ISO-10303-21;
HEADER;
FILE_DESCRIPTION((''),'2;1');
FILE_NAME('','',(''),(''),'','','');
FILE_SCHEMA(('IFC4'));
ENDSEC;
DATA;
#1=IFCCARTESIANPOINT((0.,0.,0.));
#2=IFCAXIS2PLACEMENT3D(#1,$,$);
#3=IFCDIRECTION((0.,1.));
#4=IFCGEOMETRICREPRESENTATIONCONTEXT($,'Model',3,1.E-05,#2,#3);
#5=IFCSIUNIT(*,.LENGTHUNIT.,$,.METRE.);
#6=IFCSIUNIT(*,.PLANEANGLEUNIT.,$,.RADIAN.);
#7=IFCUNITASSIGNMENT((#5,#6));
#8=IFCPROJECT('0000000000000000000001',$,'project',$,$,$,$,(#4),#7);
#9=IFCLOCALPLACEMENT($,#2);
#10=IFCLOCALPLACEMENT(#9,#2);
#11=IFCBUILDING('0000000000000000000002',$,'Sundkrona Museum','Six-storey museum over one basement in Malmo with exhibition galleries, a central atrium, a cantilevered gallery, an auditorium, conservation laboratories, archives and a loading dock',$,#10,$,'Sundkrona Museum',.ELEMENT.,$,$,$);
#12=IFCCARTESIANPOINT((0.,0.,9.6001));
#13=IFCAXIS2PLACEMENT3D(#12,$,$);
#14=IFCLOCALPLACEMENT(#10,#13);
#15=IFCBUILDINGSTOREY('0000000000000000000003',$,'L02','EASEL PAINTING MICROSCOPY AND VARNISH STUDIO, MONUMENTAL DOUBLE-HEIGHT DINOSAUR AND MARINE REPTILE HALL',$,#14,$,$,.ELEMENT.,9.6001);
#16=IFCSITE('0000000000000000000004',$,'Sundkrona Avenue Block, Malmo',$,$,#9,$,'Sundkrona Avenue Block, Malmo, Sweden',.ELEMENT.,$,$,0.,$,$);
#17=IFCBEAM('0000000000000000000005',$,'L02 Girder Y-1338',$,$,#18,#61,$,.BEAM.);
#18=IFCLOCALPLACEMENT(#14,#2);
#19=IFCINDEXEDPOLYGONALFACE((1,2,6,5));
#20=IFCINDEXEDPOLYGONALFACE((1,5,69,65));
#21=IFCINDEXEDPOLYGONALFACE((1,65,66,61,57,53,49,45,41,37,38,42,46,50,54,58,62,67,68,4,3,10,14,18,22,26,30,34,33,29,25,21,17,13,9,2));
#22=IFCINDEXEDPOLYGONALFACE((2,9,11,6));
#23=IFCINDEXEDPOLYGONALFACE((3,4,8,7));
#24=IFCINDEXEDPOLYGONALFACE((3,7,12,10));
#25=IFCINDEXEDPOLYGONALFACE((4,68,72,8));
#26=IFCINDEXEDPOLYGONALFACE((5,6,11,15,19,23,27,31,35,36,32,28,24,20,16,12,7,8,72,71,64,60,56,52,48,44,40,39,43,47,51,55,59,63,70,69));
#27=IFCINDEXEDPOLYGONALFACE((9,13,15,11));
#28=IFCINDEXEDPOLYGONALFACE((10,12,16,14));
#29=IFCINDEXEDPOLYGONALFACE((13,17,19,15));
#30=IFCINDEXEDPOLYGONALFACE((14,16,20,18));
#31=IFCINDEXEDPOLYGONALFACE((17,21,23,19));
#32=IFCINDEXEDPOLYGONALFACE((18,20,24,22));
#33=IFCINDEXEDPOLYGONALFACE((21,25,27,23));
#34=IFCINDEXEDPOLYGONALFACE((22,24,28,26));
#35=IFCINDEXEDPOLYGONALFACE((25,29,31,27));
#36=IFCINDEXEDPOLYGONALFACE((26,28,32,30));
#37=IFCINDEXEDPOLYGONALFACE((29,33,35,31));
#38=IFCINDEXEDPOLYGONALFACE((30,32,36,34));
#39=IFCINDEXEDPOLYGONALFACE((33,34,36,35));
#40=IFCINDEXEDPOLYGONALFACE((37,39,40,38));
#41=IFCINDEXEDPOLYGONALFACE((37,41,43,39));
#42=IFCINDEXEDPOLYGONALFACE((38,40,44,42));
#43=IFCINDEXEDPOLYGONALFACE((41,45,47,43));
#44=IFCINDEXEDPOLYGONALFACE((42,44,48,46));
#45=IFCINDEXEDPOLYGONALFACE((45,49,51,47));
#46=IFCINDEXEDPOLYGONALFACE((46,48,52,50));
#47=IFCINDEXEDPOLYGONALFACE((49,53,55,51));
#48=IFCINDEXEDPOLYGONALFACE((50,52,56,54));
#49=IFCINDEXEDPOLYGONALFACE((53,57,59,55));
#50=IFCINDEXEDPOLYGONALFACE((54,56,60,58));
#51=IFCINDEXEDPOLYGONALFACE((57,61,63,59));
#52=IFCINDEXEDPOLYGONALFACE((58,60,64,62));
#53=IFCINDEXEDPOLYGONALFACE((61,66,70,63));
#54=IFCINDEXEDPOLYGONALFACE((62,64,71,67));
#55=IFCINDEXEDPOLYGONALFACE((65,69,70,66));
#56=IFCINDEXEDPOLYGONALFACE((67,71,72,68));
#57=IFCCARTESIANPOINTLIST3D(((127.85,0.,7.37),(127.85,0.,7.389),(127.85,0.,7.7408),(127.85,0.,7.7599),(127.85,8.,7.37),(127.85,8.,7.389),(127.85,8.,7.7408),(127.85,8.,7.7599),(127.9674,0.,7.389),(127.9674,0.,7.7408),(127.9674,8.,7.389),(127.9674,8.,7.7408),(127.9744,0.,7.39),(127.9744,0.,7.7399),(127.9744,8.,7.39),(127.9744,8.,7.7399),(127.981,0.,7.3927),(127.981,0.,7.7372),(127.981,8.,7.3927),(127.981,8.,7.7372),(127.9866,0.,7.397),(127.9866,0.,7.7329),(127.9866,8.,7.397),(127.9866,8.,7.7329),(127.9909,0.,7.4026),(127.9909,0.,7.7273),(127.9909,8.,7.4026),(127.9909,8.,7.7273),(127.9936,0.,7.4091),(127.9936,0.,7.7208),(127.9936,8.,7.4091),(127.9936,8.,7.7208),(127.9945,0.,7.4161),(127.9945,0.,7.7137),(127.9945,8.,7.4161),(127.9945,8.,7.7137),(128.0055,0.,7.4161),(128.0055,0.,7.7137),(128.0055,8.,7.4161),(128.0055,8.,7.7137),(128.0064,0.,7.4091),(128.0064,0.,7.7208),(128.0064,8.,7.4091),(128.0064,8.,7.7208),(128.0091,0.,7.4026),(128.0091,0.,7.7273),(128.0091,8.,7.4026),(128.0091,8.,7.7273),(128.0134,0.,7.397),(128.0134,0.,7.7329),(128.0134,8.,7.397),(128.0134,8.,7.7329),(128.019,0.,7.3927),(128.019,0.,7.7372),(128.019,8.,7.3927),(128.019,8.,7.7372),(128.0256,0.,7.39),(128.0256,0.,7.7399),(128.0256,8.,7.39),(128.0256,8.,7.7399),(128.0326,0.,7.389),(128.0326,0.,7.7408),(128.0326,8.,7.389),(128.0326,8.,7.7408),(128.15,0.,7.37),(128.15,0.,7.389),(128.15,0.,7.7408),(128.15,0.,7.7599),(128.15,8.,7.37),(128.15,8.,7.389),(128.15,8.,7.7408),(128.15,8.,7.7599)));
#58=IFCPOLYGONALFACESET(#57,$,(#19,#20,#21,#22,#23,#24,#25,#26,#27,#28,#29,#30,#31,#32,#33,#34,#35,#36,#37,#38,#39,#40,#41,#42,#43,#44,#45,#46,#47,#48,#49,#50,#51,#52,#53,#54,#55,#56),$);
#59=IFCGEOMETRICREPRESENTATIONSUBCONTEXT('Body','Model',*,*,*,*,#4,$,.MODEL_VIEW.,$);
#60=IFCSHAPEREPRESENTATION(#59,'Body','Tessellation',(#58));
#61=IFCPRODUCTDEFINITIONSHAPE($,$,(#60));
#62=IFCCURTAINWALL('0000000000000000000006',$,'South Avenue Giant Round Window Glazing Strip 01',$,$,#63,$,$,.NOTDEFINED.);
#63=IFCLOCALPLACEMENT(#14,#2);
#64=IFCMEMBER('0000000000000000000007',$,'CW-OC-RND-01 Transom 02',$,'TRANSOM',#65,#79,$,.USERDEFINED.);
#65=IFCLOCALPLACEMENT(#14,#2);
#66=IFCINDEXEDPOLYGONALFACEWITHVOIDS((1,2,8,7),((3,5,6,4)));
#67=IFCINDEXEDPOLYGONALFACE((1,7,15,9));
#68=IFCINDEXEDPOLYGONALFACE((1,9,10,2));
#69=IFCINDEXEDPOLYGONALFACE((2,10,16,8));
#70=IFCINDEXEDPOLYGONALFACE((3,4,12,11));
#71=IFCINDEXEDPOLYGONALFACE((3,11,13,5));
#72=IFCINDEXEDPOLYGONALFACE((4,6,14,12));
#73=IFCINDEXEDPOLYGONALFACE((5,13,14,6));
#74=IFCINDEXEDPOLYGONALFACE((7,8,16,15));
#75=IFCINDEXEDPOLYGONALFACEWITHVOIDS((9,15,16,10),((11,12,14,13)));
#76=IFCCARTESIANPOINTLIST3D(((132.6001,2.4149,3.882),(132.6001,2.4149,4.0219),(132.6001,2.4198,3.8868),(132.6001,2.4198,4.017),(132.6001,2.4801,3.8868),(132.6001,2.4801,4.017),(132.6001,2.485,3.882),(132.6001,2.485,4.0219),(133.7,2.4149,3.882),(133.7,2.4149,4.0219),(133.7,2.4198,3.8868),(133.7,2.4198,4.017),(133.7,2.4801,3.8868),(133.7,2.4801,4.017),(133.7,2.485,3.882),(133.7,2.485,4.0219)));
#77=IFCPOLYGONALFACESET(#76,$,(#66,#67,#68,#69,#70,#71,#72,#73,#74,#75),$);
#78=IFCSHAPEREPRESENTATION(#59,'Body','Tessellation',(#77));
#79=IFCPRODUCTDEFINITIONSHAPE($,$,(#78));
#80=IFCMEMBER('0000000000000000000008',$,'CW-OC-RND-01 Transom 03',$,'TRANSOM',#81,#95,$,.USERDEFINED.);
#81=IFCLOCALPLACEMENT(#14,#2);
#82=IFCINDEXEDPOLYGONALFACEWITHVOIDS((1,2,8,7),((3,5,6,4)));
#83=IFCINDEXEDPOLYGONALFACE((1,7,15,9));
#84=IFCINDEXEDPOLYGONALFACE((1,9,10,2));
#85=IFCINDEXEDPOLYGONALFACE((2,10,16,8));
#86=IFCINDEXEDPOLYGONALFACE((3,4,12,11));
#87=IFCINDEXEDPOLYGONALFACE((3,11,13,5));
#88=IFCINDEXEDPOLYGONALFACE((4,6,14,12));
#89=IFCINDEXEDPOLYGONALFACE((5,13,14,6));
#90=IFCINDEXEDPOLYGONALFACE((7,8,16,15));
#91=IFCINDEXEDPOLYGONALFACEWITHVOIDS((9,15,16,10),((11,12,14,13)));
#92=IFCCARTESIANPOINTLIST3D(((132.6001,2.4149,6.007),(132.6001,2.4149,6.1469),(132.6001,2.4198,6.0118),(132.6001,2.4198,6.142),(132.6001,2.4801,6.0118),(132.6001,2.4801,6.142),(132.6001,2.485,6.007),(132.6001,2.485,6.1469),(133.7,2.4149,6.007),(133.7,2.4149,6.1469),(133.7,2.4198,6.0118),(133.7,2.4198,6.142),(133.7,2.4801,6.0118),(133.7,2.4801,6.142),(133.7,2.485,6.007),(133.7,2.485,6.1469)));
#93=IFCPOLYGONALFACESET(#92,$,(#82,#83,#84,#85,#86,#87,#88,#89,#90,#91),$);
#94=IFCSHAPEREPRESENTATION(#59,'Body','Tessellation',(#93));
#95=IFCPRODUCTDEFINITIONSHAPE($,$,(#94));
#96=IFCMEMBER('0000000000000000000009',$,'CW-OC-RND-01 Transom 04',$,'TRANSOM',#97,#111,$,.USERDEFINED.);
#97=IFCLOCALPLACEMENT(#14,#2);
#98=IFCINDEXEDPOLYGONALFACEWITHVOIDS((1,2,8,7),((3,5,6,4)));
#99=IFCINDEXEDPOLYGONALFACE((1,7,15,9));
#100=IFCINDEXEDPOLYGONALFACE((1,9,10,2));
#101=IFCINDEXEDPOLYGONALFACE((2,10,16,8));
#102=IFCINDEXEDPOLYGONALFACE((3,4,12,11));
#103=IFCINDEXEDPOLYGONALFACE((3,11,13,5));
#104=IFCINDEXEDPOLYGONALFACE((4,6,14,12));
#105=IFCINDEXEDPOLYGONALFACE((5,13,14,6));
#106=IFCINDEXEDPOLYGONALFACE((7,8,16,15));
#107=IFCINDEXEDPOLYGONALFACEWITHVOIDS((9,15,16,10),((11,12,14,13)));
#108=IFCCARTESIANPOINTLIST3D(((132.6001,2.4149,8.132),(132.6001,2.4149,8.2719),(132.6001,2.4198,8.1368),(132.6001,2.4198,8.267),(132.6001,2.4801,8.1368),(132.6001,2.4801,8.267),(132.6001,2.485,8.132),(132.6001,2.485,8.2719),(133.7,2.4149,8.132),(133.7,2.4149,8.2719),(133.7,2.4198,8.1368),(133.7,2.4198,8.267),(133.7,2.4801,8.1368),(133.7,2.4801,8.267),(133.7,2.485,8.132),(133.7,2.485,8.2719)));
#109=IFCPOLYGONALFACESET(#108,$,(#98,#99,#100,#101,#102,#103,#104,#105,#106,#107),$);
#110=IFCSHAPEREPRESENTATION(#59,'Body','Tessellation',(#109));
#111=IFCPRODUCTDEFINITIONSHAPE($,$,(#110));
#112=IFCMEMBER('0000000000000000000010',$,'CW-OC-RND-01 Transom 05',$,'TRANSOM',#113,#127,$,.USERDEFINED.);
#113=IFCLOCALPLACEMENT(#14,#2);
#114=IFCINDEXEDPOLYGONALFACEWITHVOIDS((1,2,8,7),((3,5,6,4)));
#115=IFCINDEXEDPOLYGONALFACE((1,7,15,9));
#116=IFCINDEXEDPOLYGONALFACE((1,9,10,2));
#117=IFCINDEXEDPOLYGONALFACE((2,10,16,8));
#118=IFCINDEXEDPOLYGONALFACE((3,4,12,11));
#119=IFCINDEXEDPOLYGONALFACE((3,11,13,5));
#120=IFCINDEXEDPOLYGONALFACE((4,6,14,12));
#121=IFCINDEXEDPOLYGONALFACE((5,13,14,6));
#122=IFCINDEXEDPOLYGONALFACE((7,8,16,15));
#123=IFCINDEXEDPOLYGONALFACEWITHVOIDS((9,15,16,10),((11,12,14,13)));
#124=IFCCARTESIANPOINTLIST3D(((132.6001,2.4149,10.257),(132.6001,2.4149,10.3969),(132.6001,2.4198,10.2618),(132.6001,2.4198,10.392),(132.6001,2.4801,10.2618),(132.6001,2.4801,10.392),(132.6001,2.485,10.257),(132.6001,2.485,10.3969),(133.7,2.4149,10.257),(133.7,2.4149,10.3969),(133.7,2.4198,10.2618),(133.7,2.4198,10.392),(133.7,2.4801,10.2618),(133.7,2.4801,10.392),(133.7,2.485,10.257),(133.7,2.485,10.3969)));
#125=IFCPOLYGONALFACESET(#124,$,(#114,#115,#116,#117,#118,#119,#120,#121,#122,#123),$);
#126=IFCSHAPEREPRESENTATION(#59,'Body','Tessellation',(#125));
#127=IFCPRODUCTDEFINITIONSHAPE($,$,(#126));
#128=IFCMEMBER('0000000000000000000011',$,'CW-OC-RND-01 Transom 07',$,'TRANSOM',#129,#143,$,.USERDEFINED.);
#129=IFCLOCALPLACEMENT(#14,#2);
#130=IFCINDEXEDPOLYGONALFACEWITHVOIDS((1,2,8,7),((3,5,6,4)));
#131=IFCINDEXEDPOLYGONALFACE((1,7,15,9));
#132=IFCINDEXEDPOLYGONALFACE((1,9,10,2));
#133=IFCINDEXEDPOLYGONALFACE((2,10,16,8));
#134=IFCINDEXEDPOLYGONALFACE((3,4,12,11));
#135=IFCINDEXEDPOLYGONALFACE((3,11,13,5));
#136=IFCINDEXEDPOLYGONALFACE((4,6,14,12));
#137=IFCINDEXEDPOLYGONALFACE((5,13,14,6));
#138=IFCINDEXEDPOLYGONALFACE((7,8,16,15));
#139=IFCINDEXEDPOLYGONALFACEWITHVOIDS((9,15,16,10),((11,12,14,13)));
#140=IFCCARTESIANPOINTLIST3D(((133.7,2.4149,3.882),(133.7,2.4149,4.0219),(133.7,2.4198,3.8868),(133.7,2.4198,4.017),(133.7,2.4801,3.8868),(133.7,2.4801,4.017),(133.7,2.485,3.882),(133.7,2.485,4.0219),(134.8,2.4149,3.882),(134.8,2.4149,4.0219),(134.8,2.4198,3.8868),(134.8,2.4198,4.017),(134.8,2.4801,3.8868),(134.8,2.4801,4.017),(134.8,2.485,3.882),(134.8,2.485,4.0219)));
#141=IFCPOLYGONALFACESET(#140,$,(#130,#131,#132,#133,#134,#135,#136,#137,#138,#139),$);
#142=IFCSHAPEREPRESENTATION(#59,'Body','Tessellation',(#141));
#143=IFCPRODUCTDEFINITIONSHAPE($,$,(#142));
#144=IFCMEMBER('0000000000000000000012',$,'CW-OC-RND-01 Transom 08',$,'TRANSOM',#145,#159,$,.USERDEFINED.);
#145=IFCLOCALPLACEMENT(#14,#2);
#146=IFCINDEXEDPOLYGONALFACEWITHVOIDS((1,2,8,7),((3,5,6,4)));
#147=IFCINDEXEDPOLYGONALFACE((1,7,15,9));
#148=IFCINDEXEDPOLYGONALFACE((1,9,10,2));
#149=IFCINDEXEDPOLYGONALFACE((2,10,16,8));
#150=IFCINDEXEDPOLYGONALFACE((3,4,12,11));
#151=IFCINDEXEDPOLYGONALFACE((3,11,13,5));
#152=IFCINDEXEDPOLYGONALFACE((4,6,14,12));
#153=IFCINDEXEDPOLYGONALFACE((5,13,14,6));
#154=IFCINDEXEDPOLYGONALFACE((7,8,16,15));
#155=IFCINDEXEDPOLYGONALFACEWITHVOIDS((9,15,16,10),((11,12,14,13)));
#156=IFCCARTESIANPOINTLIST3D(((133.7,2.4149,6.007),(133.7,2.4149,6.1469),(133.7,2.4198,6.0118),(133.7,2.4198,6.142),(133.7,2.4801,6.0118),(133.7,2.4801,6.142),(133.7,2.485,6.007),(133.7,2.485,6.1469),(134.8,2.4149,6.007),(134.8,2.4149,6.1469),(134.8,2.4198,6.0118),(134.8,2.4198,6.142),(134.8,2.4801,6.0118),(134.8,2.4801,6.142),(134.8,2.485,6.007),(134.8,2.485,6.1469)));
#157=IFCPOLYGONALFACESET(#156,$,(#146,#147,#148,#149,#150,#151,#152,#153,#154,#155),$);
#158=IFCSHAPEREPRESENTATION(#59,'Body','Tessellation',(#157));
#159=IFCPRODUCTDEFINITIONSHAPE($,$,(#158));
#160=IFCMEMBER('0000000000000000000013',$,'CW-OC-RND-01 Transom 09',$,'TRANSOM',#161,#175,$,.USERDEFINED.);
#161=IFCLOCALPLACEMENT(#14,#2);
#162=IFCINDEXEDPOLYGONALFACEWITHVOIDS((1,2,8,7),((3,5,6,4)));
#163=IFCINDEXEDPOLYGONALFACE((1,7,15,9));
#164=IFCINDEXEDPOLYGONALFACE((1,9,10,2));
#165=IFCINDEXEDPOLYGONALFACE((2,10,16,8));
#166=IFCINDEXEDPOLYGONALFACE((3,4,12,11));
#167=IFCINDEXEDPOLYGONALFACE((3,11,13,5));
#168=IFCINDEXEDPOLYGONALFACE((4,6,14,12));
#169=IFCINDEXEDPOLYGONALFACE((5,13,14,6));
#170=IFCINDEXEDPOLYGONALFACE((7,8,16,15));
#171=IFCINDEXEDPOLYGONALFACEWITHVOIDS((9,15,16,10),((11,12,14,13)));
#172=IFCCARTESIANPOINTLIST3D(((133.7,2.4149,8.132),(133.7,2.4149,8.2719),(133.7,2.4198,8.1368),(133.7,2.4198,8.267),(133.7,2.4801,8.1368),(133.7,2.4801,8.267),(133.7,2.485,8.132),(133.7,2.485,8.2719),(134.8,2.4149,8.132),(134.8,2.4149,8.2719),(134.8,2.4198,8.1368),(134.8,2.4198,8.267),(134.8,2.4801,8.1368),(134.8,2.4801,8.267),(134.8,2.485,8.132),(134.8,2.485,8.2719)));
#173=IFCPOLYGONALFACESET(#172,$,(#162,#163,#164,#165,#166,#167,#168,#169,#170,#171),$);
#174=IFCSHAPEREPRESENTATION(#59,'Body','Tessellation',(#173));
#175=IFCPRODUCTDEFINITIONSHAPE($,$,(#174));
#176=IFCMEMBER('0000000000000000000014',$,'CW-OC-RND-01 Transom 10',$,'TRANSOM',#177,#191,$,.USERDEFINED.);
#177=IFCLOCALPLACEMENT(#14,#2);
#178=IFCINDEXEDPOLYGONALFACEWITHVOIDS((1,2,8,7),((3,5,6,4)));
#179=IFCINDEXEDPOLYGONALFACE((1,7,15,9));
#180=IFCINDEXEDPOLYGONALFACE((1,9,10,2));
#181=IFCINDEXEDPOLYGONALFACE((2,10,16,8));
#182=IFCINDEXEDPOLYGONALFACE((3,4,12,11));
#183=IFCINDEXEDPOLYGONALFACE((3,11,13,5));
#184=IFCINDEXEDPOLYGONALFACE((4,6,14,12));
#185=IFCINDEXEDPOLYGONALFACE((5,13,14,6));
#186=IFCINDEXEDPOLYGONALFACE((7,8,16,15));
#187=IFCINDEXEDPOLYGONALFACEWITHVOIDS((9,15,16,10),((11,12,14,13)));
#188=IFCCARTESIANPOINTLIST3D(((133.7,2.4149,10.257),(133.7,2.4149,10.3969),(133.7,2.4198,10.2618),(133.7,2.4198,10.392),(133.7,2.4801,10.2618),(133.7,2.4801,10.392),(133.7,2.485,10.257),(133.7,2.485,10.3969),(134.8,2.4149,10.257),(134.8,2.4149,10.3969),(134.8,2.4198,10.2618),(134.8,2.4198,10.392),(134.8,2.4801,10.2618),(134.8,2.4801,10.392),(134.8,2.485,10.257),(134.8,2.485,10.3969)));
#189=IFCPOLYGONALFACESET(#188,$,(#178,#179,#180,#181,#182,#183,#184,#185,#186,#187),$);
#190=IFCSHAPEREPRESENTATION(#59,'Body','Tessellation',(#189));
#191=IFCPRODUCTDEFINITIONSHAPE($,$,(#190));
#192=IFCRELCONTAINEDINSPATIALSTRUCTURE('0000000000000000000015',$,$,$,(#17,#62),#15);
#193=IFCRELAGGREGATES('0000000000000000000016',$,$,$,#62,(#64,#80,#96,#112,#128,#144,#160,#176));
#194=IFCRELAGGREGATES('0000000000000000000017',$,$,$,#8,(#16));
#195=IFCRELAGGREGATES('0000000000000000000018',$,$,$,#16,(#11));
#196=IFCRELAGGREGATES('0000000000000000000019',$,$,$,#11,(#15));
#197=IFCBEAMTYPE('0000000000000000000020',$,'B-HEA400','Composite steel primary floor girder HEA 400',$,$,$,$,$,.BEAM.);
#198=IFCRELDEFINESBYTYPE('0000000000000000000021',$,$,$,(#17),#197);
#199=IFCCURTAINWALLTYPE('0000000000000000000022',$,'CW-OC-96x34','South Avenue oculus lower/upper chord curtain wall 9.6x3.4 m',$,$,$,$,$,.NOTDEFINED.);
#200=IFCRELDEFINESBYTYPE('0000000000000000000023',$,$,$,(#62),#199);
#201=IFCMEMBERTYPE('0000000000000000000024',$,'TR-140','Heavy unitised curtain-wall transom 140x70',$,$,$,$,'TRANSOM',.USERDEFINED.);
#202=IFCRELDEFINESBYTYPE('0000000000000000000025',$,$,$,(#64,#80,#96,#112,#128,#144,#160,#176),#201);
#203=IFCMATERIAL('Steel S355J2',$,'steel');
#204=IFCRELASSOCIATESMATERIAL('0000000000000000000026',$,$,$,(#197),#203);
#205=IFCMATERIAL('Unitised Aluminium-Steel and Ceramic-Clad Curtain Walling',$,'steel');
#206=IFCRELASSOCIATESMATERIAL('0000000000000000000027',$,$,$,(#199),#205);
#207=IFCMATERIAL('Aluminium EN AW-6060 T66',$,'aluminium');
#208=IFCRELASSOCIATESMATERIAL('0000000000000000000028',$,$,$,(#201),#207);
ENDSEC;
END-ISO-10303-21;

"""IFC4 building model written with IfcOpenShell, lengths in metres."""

from ifc_helpers import new_model, si_unit, direction, frame, origin, origin_2d, place, context, subcontext, project, spatial, hollow_rectangle, i_section, extrude, material, material_profile, profile_set, type_object, element, aggregate, save


model = new_model("IFC4")

# Units and contexts
model_context = context("Model", 3, precision=1e-05, world=origin(), true_north=direction((0.0, 1.0)))
body_context = subcontext(model_context, "Body", "Model", "MODEL_VIEW")
ifc_project = project(units=[si_unit("LENGTHUNIT", "METRE"), si_unit("PLANEANGLEUNIT", "RADIAN")], contexts=[model_context])

# Site, building, storey
site_placement = place(None, origin())
site = spatial("IfcSite", under=ifc_project, at=site_placement, Name="Sundkrona Avenue Block, Malmo", LongName="Sundkrona Avenue Block, Malmo, Sweden", CompositionType="ELEMENT", RefElevation=0.0)
building_placement = place(site_placement, origin())
building = spatial("IfcBuilding", under=site, at=building_placement, Name="Sundkrona Museum", Description="Six-storey museum over one basement in Malmo with exhibition galleries, a central atrium, a cantilevered gallery, an auditorium, conservation laboratories, archives and a loading dock", LongName="Sundkrona Museum", CompositionType="ELEMENT")
storey_placement = place(building_placement, frame((0.0, 0.0, 9.6001)))
storey = spatial("IfcBuildingStorey", under=building, at=storey_placement, Name="L02", Description="EASEL PAINTING MICROSCOPY AND VARNISH STUDIO, MONUMENTAL DOUBLE-HEIGHT DINOSAUR AND MARINE REPTILE HALL", CompositionType="ELEMENT", Elevation=9.6001)

# Beam
ifc_material_1 = material(Name="Steel S355J2", Category="steel")
ifc_material_profile_1 = material_profile(ifc_material_1, i_section(OverallWidth=0.3, OverallDepth=0.3899, WebThickness=0.011, FlangeThickness=0.019, FilletRadius=0.0271, at=origin_2d()), Name="HEA 400")
ifc_profile_set_1 = profile_set([ifc_material_profile_1], Name="Steel S355J2")
beam_type = type_object("IfcBeamType", Name="B-HEA400", Description="Composite steel primary floor girder HEA 400", PredefinedType="BEAM", material=ifc_profile_set_1)
beam_placement = place(storey_placement, frame((128.0, 0.0, 7.5649), z_axis=(0.0, 1.0, 0.0), x_axis=(-1.0, 0.0, 0.0)))
element("IfcBeam", 1, at=beam_placement, inside=storey, type_object=beam_type, Name="L02 Girder Y-1338", PredefinedType="BEAM", context=body_context, shape_type="SweptSolid", body=[
    extrude(i_section(OverallWidth=0.3, OverallDepth=0.3899, WebThickness=0.011, FlangeThickness=0.019, FilletRadius=0.0271, at=origin_2d()), origin(), (0.0, 0.0, 1.0), 8.0),
])

# Curtain wall, members
ifc_material_2 = material(Name="Unitised Aluminium-Steel and Ceramic-Clad Curtain Walling", Category="steel")
curtain_wall_type_1 = type_object("IfcCurtainWallType", Name="CW-OC-96x34", Description="South Avenue oculus lower/upper chord curtain wall 9.6x3.4 m", PredefinedType="NOTDEFINED", material=ifc_material_2)
curtain_wall_1_placement = place(storey_placement, origin())
curtain_wall_1 = element("IfcCurtainWall", 2, at=curtain_wall_1_placement, inside=storey, type_object=curtain_wall_type_1, Name="South Avenue Giant Round Window Glazing Strip 01", PredefinedType="NOTDEFINED")
ifc_material_3 = material(Name="Aluminium EN AW-6060 T66", Category="aluminium")
ifc_material_profile_2 = material_profile(ifc_material_3, hollow_rectangle(XDim=0.0701, YDim=0.1399, WallThickness=0.0049, at=origin_2d()), Name="RHS 140x70x5.0")
ifc_profile_set_2 = profile_set([ifc_material_profile_2], Name="Aluminium EN AW-6060 T66")
member_type_1 = type_object("IfcMemberType", Name="TR-140", Description="Heavy unitised curtain-wall transom 140x70", ElementType="TRANSOM", PredefinedType="USERDEFINED", material=ifc_profile_set_2)
member_1_placement = place(storey_placement, frame((132.6001, 2.45, 3.9519), z_axis=(1.0, 0.0, 0.0), x_axis=(0.0, 1.0, 0.0)))
member_1 = element("IfcMember", 3, at=member_1_placement, type_object=member_type_1, Name="CW-OC-RND-01 Transom 02", ObjectType="TRANSOM", PredefinedType="USERDEFINED", context=body_context, shape_type="SweptSolid", body=[
    extrude(hollow_rectangle(XDim=0.0701, YDim=0.1399, WallThickness=0.0049, at=origin_2d()), origin(), (0.0, 0.0, 1.0), 1.0999),
])
member_2_placement = place(storey_placement, frame((132.6001, 2.45, 6.0769), z_axis=(1.0, 0.0, 0.0), x_axis=(0.0, 1.0, 0.0)))
member_2 = element("IfcMember", 4, at=member_2_placement, type_object=member_type_1, Name="CW-OC-RND-01 Transom 03", ObjectType="TRANSOM", PredefinedType="USERDEFINED", context=body_context, shape_type="SweptSolid", body=[
    extrude(hollow_rectangle(XDim=0.0701, YDim=0.1399, WallThickness=0.0049, at=origin_2d()), origin(), (0.0, 0.0, 1.0), 1.0999),
])
member_3_placement = place(storey_placement, frame((132.6001, 2.45, 8.2019), z_axis=(1.0, 0.0, 0.0), x_axis=(0.0, 1.0, 0.0)))
member_3 = element("IfcMember", 5, at=member_3_placement, type_object=member_type_1, Name="CW-OC-RND-01 Transom 04", ObjectType="TRANSOM", PredefinedType="USERDEFINED", context=body_context, shape_type="SweptSolid", body=[
    extrude(hollow_rectangle(XDim=0.0701, YDim=0.1399, WallThickness=0.0049, at=origin_2d()), origin(), (0.0, 0.0, 1.0), 1.0999),
])
member_4_placement = place(storey_placement, frame((132.6001, 2.45, 10.3269), z_axis=(1.0, 0.0, 0.0), x_axis=(0.0, 1.0, 0.0)))
member_4 = element("IfcMember", 6, at=member_4_placement, type_object=member_type_1, Name="CW-OC-RND-01 Transom 05", ObjectType="TRANSOM", PredefinedType="USERDEFINED", context=body_context, shape_type="SweptSolid", body=[
    extrude(hollow_rectangle(XDim=0.0701, YDim=0.1399, WallThickness=0.0049, at=origin_2d()), origin(), (0.0, 0.0, 1.0), 1.0999),
])
member_5_placement = place(storey_placement, frame((133.7, 2.45, 3.9519), z_axis=(1.0, 0.0, 0.0), x_axis=(0.0, 1.0, 0.0)))
member_5 = element("IfcMember", 7, at=member_5_placement, type_object=member_type_1, Name="CW-OC-RND-01 Transom 07", ObjectType="TRANSOM", PredefinedType="USERDEFINED", context=body_context, shape_type="SweptSolid", body=[
    extrude(hollow_rectangle(XDim=0.0701, YDim=0.1399, WallThickness=0.0049, at=origin_2d()), origin(), (0.0, 0.0, 1.0), 1.1001),
])
member_6_placement = place(storey_placement, frame((133.7, 2.45, 6.0769), z_axis=(1.0, 0.0, 0.0), x_axis=(0.0, 1.0, 0.0)))
member_6 = element("IfcMember", 8, at=member_6_placement, type_object=member_type_1, Name="CW-OC-RND-01 Transom 08", ObjectType="TRANSOM", PredefinedType="USERDEFINED", context=body_context, shape_type="SweptSolid", body=[
    extrude(hollow_rectangle(XDim=0.0701, YDim=0.1399, WallThickness=0.0049, at=origin_2d()), origin(), (0.0, 0.0, 1.0), 1.1001),
])
member_7_placement = place(storey_placement, frame((133.7, 2.45, 8.2019), z_axis=(1.0, 0.0, 0.0), x_axis=(0.0, 1.0, 0.0)))
member_7 = element("IfcMember", 9, at=member_7_placement, type_object=member_type_1, Name="CW-OC-RND-01 Transom 09", ObjectType="TRANSOM", PredefinedType="USERDEFINED", context=body_context, shape_type="SweptSolid", body=[
    extrude(hollow_rectangle(XDim=0.0701, YDim=0.1399, WallThickness=0.0049, at=origin_2d()), origin(), (0.0, 0.0, 1.0), 1.1001),
])
member_8_placement = place(storey_placement, frame((133.7, 2.45, 10.3269), z_axis=(1.0, 0.0, 0.0), x_axis=(0.0, 1.0, 0.0)))
member_8 = element("IfcMember", 10, at=member_8_placement, type_object=member_type_1, Name="CW-OC-RND-01 Transom 10", ObjectType="TRANSOM", PredefinedType="USERDEFINED", context=body_context, shape_type="SweptSolid", body=[
    extrude(hollow_rectangle(XDim=0.0701, YDim=0.1399, WallThickness=0.0049, at=origin_2d()), origin(), (0.0, 0.0, 1.0), 1.1001),
])

aggregate(curtain_wall_1, [member_1, member_2, member_3, member_4, member_5, member_6, member_7, member_8])

save(model, "model.ifc")
